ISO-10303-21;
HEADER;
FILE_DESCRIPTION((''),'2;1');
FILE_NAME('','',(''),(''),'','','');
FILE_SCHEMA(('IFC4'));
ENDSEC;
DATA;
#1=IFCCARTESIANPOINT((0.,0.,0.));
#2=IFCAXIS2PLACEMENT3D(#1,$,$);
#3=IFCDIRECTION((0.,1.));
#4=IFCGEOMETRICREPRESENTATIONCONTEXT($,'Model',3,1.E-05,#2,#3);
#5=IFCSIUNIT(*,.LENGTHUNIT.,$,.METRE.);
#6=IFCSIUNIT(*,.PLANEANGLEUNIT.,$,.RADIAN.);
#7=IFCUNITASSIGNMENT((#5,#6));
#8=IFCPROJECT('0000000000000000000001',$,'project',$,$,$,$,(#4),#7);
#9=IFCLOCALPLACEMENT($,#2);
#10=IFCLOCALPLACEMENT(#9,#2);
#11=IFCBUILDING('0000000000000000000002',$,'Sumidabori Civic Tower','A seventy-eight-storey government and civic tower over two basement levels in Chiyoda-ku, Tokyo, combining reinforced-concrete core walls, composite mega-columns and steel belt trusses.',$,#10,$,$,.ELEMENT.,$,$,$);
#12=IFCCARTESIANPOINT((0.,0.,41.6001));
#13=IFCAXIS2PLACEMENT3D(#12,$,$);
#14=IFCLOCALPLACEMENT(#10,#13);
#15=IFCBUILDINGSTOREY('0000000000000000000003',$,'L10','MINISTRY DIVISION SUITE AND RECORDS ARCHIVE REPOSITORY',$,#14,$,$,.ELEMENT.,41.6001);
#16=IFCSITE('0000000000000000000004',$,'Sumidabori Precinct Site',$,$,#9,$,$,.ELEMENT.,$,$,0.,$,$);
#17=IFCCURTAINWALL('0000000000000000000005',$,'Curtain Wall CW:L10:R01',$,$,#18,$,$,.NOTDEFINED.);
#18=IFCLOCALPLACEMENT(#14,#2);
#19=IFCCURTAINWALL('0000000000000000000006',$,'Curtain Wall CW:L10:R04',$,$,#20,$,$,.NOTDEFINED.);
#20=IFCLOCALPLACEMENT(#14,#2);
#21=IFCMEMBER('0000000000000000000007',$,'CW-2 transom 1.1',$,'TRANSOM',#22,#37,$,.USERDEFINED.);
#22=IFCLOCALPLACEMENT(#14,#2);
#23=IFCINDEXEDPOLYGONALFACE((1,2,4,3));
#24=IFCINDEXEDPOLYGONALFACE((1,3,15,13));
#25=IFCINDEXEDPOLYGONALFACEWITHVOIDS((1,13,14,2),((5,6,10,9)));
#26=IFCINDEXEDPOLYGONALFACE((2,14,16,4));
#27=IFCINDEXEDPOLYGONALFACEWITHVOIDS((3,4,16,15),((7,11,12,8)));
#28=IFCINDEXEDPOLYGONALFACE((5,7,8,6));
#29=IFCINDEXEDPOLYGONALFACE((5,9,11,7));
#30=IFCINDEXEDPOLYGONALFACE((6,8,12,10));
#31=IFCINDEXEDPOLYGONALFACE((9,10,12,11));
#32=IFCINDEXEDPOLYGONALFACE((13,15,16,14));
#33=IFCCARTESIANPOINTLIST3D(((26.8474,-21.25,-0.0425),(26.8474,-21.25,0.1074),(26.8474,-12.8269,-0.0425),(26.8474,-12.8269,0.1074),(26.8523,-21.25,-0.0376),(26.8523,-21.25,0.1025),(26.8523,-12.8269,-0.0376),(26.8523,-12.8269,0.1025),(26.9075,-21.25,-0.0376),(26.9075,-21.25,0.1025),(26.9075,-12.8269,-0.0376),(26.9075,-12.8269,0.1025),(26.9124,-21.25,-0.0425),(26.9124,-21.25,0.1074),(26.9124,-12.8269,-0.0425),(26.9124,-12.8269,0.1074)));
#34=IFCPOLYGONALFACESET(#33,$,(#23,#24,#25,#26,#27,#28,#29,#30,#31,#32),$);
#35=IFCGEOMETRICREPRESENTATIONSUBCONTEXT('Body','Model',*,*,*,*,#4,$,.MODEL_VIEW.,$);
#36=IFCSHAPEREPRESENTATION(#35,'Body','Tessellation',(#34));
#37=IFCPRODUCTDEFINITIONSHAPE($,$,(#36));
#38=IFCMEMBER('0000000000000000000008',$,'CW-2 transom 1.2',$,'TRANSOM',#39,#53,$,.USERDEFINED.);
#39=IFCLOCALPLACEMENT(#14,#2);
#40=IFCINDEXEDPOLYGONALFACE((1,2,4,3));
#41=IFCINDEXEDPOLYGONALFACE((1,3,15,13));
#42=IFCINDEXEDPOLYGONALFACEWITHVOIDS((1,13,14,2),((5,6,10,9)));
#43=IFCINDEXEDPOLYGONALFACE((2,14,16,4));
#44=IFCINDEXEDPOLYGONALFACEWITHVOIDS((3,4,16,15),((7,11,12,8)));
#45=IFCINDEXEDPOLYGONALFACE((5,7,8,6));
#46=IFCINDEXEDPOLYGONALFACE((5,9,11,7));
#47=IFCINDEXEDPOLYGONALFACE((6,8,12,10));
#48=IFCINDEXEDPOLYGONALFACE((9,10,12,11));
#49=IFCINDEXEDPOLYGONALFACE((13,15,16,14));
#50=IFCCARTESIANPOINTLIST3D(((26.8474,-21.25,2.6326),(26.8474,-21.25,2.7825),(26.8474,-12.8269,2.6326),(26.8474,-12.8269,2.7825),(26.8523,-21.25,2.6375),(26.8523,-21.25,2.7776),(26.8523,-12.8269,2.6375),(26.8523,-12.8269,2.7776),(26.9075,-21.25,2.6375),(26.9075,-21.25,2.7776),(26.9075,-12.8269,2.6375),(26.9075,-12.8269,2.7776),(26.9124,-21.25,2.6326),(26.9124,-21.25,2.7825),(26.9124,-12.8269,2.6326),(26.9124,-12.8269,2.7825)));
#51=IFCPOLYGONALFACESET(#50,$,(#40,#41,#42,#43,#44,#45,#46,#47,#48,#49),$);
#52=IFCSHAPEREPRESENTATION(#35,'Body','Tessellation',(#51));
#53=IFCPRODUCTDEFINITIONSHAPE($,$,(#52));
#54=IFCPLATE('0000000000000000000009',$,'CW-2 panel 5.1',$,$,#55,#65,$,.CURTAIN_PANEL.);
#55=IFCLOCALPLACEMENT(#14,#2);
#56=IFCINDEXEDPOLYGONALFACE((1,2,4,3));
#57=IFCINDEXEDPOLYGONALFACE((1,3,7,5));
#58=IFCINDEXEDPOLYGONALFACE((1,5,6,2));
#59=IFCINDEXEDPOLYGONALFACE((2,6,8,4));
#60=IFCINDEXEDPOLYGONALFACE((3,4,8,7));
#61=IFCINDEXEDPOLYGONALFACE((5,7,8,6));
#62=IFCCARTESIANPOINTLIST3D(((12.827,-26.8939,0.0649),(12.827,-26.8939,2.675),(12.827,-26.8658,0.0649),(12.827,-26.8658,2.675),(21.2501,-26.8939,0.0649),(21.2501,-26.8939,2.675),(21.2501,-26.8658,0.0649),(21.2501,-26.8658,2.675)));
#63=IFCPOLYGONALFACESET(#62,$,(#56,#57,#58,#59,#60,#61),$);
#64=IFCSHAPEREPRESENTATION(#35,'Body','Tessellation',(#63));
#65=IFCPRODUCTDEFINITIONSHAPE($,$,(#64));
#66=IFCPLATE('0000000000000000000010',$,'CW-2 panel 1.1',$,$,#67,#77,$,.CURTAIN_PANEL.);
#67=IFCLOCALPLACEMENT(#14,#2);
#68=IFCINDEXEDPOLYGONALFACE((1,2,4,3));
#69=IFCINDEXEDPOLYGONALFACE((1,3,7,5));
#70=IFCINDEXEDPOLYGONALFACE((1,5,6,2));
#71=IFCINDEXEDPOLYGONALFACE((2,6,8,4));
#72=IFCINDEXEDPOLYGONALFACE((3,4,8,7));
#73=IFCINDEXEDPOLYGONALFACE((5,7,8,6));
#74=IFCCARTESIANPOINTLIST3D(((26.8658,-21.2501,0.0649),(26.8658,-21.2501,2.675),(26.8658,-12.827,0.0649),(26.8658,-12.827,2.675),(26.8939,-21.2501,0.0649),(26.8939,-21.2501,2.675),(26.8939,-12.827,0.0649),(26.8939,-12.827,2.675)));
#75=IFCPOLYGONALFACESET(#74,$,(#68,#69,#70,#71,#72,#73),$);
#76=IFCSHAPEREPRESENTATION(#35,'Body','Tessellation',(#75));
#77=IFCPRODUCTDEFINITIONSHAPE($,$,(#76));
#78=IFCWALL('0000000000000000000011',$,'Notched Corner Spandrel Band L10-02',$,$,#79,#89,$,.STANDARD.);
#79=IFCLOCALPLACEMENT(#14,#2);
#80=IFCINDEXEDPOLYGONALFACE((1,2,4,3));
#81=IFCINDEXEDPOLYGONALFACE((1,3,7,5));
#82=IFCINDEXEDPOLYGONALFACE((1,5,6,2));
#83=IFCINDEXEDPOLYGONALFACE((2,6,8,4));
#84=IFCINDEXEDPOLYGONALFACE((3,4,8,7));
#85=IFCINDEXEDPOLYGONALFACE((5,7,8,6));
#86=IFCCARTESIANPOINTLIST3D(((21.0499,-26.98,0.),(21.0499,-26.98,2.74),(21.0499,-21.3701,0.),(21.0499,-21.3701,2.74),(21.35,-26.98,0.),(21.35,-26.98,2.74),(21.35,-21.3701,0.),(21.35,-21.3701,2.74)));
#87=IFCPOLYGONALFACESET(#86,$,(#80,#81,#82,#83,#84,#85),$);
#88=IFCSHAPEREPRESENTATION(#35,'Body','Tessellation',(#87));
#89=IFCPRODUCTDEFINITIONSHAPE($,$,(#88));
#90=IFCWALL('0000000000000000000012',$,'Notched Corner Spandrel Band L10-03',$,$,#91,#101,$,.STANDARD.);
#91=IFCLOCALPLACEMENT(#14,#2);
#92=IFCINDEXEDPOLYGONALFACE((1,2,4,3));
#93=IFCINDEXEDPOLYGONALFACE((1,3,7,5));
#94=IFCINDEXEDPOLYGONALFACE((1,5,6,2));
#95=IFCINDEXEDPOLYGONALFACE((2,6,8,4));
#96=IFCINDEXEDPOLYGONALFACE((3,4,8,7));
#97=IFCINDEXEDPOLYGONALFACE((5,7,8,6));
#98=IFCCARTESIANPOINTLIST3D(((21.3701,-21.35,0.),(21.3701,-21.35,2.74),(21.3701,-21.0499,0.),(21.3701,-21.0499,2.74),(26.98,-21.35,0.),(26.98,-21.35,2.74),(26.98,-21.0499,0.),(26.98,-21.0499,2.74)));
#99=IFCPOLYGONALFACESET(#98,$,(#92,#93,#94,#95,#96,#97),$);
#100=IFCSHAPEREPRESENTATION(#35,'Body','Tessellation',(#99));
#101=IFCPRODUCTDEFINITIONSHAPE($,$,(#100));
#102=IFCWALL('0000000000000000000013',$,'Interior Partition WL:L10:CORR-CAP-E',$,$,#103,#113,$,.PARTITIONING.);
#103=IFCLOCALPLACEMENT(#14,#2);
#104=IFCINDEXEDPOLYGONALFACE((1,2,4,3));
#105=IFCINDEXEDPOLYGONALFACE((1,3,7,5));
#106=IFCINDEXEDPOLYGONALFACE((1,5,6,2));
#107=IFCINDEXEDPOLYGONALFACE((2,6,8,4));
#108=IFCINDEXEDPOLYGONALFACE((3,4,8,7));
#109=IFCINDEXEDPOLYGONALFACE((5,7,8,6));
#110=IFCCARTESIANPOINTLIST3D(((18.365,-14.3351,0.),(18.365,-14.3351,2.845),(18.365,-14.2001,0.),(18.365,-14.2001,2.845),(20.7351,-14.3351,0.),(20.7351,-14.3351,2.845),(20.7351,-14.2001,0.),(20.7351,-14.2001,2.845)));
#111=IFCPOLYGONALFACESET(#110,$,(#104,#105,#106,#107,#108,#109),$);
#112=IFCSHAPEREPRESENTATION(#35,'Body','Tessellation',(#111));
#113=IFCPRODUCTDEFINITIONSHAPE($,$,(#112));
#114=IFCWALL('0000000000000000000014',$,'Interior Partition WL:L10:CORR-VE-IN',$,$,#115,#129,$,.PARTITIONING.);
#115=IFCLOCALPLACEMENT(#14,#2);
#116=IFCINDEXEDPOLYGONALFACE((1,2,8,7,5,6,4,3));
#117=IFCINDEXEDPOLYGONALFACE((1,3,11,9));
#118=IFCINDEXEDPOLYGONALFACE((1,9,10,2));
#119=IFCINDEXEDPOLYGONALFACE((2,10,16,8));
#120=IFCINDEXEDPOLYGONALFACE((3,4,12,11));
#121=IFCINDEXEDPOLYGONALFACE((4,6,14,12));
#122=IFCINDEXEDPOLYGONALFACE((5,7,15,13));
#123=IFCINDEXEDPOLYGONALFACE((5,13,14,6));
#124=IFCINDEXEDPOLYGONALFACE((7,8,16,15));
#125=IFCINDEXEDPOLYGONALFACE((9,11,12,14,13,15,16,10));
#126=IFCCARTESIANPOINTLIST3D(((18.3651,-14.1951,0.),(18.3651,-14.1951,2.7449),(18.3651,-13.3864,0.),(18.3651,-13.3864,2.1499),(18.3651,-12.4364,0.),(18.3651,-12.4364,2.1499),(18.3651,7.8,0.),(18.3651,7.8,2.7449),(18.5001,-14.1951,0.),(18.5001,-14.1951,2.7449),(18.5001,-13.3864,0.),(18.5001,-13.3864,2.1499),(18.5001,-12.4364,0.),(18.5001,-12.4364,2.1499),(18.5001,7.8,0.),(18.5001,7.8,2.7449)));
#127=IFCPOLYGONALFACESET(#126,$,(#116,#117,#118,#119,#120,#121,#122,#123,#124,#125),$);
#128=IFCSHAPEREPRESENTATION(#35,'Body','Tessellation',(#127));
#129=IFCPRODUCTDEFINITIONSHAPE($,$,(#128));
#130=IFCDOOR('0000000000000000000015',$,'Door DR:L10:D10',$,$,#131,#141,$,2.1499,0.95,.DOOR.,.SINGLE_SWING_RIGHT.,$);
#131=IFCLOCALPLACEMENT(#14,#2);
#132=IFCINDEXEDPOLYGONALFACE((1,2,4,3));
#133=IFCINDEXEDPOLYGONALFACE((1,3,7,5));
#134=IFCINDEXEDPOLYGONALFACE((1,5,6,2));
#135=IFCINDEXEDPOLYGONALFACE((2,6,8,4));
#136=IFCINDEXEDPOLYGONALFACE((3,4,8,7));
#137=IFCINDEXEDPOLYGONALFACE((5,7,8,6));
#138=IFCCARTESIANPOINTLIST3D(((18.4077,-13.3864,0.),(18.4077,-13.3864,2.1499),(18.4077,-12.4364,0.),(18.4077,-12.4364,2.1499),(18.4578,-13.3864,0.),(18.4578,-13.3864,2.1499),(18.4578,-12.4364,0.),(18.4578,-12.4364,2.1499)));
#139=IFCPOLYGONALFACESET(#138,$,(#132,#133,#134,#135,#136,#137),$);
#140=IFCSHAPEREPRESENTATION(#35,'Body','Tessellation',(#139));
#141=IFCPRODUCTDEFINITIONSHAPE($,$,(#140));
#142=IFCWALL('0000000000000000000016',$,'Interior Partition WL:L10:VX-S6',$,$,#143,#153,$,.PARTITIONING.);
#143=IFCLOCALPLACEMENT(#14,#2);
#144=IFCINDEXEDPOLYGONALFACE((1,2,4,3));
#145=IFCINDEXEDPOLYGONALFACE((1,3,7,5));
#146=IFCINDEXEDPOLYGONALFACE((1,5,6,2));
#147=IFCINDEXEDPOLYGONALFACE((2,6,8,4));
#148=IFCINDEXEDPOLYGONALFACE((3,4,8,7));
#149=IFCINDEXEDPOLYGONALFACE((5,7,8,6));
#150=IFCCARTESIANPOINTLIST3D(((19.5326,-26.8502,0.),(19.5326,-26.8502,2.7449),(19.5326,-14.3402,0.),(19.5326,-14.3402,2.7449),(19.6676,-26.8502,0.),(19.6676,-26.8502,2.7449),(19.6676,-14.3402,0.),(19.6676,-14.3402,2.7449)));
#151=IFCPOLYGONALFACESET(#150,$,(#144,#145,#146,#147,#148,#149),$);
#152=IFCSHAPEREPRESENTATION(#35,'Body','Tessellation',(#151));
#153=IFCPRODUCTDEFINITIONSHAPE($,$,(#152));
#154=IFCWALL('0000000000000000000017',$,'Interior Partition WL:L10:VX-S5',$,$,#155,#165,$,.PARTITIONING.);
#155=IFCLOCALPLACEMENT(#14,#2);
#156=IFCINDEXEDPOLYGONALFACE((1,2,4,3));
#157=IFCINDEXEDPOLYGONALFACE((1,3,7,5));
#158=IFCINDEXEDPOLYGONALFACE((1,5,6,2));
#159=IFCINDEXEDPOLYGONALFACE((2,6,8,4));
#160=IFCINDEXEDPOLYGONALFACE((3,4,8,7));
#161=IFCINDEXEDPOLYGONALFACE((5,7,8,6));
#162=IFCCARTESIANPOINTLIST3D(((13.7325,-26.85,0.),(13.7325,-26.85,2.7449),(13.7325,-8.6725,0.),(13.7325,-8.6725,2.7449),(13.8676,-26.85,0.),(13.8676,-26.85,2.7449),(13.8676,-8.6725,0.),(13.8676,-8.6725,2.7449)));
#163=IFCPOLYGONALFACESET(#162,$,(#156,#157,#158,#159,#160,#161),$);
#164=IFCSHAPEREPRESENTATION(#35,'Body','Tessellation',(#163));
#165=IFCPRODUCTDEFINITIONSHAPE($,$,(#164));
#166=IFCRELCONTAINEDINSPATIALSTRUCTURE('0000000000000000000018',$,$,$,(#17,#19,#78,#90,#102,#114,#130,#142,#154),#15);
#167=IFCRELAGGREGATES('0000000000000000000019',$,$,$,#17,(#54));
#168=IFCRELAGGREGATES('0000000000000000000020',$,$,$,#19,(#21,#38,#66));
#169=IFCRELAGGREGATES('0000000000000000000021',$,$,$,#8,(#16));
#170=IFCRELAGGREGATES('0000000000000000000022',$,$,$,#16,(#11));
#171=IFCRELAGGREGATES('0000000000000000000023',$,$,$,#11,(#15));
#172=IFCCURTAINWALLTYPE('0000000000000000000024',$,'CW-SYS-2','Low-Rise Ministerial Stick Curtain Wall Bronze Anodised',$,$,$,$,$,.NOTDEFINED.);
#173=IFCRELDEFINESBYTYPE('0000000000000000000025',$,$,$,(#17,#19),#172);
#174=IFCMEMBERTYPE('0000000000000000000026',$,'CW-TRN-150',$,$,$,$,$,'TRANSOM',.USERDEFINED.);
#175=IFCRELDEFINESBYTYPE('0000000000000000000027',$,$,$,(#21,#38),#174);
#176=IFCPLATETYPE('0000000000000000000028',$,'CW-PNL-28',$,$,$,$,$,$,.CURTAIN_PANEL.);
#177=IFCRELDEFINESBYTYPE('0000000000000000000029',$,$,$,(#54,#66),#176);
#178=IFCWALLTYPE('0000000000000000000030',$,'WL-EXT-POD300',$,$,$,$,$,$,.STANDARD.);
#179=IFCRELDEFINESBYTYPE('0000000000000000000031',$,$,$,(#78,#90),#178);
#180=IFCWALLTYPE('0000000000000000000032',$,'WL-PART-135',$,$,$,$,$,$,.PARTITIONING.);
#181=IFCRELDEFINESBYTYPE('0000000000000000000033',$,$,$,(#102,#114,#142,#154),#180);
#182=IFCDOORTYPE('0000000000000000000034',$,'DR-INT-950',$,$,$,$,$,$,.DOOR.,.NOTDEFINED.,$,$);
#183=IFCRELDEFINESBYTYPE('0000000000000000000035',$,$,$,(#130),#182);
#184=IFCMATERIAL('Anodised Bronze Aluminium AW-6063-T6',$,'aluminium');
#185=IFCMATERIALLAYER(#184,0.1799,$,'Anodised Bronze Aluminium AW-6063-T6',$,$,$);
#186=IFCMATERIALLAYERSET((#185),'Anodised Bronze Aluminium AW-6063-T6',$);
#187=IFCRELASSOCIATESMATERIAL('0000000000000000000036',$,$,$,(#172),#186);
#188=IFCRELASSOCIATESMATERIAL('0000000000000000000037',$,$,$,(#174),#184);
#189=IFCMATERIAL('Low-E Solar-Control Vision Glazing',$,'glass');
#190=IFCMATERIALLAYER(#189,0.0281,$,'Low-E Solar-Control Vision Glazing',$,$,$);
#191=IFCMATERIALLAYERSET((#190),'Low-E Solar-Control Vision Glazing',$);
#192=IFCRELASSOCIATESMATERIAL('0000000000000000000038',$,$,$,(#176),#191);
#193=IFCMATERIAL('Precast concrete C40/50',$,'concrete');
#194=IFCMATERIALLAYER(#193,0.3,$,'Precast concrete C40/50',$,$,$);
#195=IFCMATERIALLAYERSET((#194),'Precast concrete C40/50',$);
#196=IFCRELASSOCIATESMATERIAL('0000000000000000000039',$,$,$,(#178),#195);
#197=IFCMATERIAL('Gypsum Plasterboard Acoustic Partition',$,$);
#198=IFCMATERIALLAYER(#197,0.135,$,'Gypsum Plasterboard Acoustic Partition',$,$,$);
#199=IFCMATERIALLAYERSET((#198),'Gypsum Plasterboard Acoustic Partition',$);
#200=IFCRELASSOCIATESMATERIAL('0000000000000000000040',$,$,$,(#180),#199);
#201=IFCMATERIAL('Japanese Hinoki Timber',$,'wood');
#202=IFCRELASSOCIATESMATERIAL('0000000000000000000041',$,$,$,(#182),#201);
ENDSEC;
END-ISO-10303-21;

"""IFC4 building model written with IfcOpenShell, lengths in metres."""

from ifc_helpers import new_model, si_unit, direction, frame, frame_2d, origin, origin_2d, place, context, subcontext, project, spatial, rectangle, hollow_rectangle, extrude, source, transform, mapped, material, layer, layer_set, material_profile, profile_set, type_object, element, fill, aggregate, save


model = new_model("IFC4")

# Units and contexts
model_context = context("Model", 3, precision=1e-05, world=origin(), true_north=direction((0.0, 1.0)))
body_context = subcontext(model_context, "Body", "Model", "MODEL_VIEW")
ifc_project = project(units=[si_unit("LENGTHUNIT", "METRE"), si_unit("PLANEANGLEUNIT", "RADIAN")], contexts=[model_context])

# Site, building, storey
site_placement = place(None, origin())
site = spatial("IfcSite", under=ifc_project, at=site_placement, Name="Sumidabori Precinct Site", CompositionType="ELEMENT", RefElevation=0.0)
building_placement = place(site_placement, origin())
building = spatial("IfcBuilding", under=site, at=building_placement, Name="Sumidabori Civic Tower", Description="A seventy-eight-storey government and civic tower over two basement levels in Chiyoda-ku, Tokyo, combining reinforced-concrete core walls, composite mega-columns and steel belt trusses.", CompositionType="ELEMENT")
storey_placement = place(building_placement, frame((0.0, 0.0, 41.6001)))
storey = spatial("IfcBuildingStorey", under=building, at=storey_placement, Name="L10", Description="MINISTRY DIVISION SUITE AND RECORDS ARCHIVE REPOSITORY", CompositionType="ELEMENT", Elevation=41.6001)

# Curtain walls
ifc_material_1 = material(Name="Anodised Bronze Aluminium AW-6063-T6", Category="aluminium")
ifc_layer_1 = layer(ifc_material_1, 0.1799, Name="Anodised Bronze Aluminium AW-6063-T6")
ifc_layer_set_1 = layer_set([ifc_layer_1], Name="Anodised Bronze Aluminium AW-6063-T6")
curtain_wall_type = type_object("IfcCurtainWallType", Name="CW-SYS-2", Description="Low-Rise Ministerial Stick Curtain Wall Bronze Anodised", PredefinedType="NOTDEFINED", material=ifc_layer_set_1)
curtain_wall_1_placement = place(storey_placement, origin())
curtain_wall_1 = element("IfcCurtainWall", 1, at=curtain_wall_1_placement, inside=storey, type_object=curtain_wall_type, Name="Curtain Wall CW:L10:R01", PredefinedType="NOTDEFINED")
curtain_wall_2_placement = place(storey_placement, origin())
curtain_wall_2 = element("IfcCurtainWall", 2, at=curtain_wall_2_placement, inside=storey, type_object=curtain_wall_type, Name="Curtain Wall CW:L10:R04", PredefinedType="NOTDEFINED")

# Members
ifc_material_profile_1 = material_profile(ifc_material_1, hollow_rectangle(XDim=0.0649, YDim=0.1499, WallThickness=0.0049, at=origin_2d()), Name="ALU TRANSOM 150x65")
ifc_profile_set_1 = profile_set([ifc_material_profile_1], Name="Anodised Bronze Aluminium AW-6063-T6")
member_type_1 = type_object("IfcMemberType", Name="CW-TRN-150", ElementType="TRANSOM", PredefinedType="USERDEFINED", material=ifc_profile_set_1)
shared_shape_1 = source(origin(), body_context, "Body", "SweptSolid", [
    extrude(hollow_rectangle(XDim=0.0649, YDim=0.1499, WallThickness=0.0049, at=origin_2d()), origin(), (0.0, 0.0, 1.0), 8.4231),
])
member_1_placement = place(storey_placement, frame((26.8799, -21.25, 0.0325), z_axis=(0.0, 1.0, 0.0), x_axis=(-1.0, 0.0, 0.0)))
member_1 = element("IfcMember", 3, at=member_1_placement, type_object=member_type_1, Name="CW-2 transom 1.1", ObjectType="TRANSOM", PredefinedType="USERDEFINED", context=body_context, shape_type="MappedRepresentation", body=[
    mapped(shared_shape_1, transform((0.0, 0.0, 0.0), x_axis=(1.0, 0.0, 0.0), y_axis=(0.0, 1.0, 0.0), z_axis=(0.0, 0.0, 1.0), scale=1.0)),
])
member_2_placement = place(storey_placement, frame((26.8799, -21.25, 2.7075), z_axis=(0.0, 1.0, 0.0), x_axis=(-1.0, 0.0, 0.0)))
member_2 = element("IfcMember", 4, at=member_2_placement, type_object=member_type_1, Name="CW-2 transom 1.2", ObjectType="TRANSOM", PredefinedType="USERDEFINED", context=body_context, shape_type="MappedRepresentation", body=[
    mapped(shared_shape_1, transform((0.0, 0.0, 0.0), x_axis=(1.0, 0.0, 0.0), y_axis=(0.0, 1.0, 0.0), z_axis=(0.0, 0.0, 1.0), scale=1.0)),
])

# Plates
ifc_material_2 = material(Name="Low-E Solar-Control Vision Glazing", Category="glass")
ifc_layer_2 = layer(ifc_material_2, 0.0281, Name="Low-E Solar-Control Vision Glazing")
ifc_layer_set_2 = layer_set([ifc_layer_2], Name="Low-E Solar-Control Vision Glazing")
plate_type = type_object("IfcPlateType", Name="CW-PNL-28", PredefinedType="CURTAIN_PANEL", material=ifc_layer_set_2)
shared_shape_2 = source(origin(), body_context, "Body", "SweptSolid", [
    extrude(rectangle(XDim=8.4231, YDim=0.0281, at=origin_2d()), origin(), (0.0, 0.0, 1.0), 2.6101),
])
plate_1_placement = place(storey_placement, frame((17.0386, -26.8799, 0.0649), z_axis=(0.0, 0.0, 1.0), x_axis=(1.0, 0.0, 0.0)))
plate_1 = element("IfcPlate", 5, at=plate_1_placement, type_object=plate_type, Name="CW-2 panel 5.1", PredefinedType="CURTAIN_PANEL", context=body_context, shape_type="MappedRepresentation", body=[
    mapped(shared_shape_2, transform((0.0, 0.0, 0.0), x_axis=(1.0, 0.0, 0.0), y_axis=(0.0, 1.0, 0.0), z_axis=(0.0, 0.0, 1.0), scale=1.0)),
])
aggregate(curtain_wall_1, [plate_1])
plate_2_placement = place(storey_placement, frame((26.8799, -17.0386, 0.0649), z_axis=(0.0, 0.0, 1.0), x_axis=(0.0, 1.0, 0.0)))
plate_2 = element("IfcPlate", 6, at=plate_2_placement, type_object=plate_type, Name="CW-2 panel 1.1", PredefinedType="CURTAIN_PANEL", context=body_context, shape_type="MappedRepresentation", body=[
    mapped(shared_shape_2, transform((0.0, 0.0, 0.0), x_axis=(1.0, 0.0, 0.0), y_axis=(0.0, 1.0, 0.0), z_axis=(0.0, 0.0, 1.0), scale=1.0)),
])
aggregate(curtain_wall_2, [member_1, member_2, plate_2])

# Walls
ifc_material_3 = material(Name="Precast concrete C40/50", Category="concrete")
ifc_layer_3 = layer(ifc_material_3, 0.3, Name="Precast concrete C40/50")
ifc_layer_set_3 = layer_set([ifc_layer_3], Name="Precast concrete C40/50")
wall_type_1 = type_object("IfcWallType", Name="WL-EXT-POD300", PredefinedType="STANDARD", material=ifc_layer_set_3)
shared_shape_3 = source(origin(), body_context, "Body", "SweptSolid", [
    extrude(rectangle(XDim=5.6099, YDim=0.3, at=frame_2d((2.8049, 0.0))), origin(), (0.0, 0.0, 1.0), 2.74),
])
for number, where, z_axis, x_axis, name in (
    (7, (21.2, -26.98, 0.0), (0.0, 0.0, 1.0), (0.0, 1.0, 0.0), "Notched Corner Spandrel Band L10-02"),
    (8, (21.3701, -21.2, 0.0), (0.0, 0.0, 1.0), (1.0, 0.0, 0.0), "Notched Corner Spandrel Band L10-03"),
):
    element("IfcWall", number, at=place(storey_placement, frame(where, z_axis=z_axis, x_axis=x_axis)), inside=storey, type_object=wall_type_1, Name=name, PredefinedType="STANDARD", context=body_context, shape_type="MappedRepresentation", body=[
        mapped(shared_shape_3, transform((0.0, 0.0, 0.0), x_axis=(1.0, 0.0, 0.0), y_axis=(0.0, 1.0, 0.0), z_axis=(0.0, 0.0, 1.0), scale=1.0)),
    ])
ifc_material_4 = material(Name="Gypsum Plasterboard Acoustic Partition")
ifc_layer_4 = layer(ifc_material_4, 0.135, Name="Gypsum Plasterboard Acoustic Partition")
ifc_layer_set_4 = layer_set([ifc_layer_4], Name="Gypsum Plasterboard Acoustic Partition")
wall_type_2 = type_object("IfcWallType", Name="WL-PART-135", PredefinedType="PARTITIONING", material=ifc_layer_set_4)
shared_shape_4 = source(origin(), body_context, "Body", "SweptSolid", [
    extrude(rectangle(XDim=2.3701, YDim=0.135, at=frame_2d((1.1851, 0.0))), origin(), (0.0, 0.0, 1.0), 2.845),
])
wall_1_placement = place(storey_placement, frame((18.365, -14.2676, 0.0), z_axis=(0.0, 0.0, 1.0), x_axis=(1.0, 0.0, 0.0)))
element("IfcWall", 9, at=wall_1_placement, inside=storey, type_object=wall_type_2, Name="Interior Partition WL:L10:CORR-CAP-E", PredefinedType="PARTITIONING", context=body_context, shape_type="MappedRepresentation", body=[
    mapped(shared_shape_4, transform((0.0, 0.0, 0.0), x_axis=(1.0, 0.0, 0.0), y_axis=(0.0, 1.0, 0.0), z_axis=(0.0, 0.0, 1.0), scale=1.0)),
])

# Wall, opening, door
shared_shape_5 = source(origin(), body_context, "Body", "SweptSolid", [
    extrude(rectangle(XDim=21.9951, YDim=0.135, at=frame_2d((10.9976, 0.0))), origin(), (0.0, 0.0, 1.0), 2.7449),
])
wall_2_placement = place(storey_placement, frame((18.4326, -14.1951, 0.0), z_axis=(0.0, 0.0, 1.0), x_axis=(0.0, 1.0, 0.0)))
wall_2 = element("IfcWall", 10, at=wall_2_placement, inside=storey, type_object=wall_type_2, Name="Interior Partition WL:L10:CORR-VE-IN", PredefinedType="PARTITIONING", context=body_context, shape_type="MappedRepresentation", body=[
    mapped(shared_shape_5, transform((0.0, 0.0, 0.0), x_axis=(1.0, 0.0, 0.0), y_axis=(0.0, 1.0, 0.0), z_axis=(0.0, 0.0, 1.0), scale=1.0)),
])
opening_placement = place(wall_2_placement, frame((0.8086, 0.0, 0.0)))
opening = element("IfcOpeningElement", 11, at=opening_placement, cuts=wall_2, PredefinedType="OPENING", context=body_context, shape_type="SweptSolid", body=[
    extrude(rectangle(XDim=0.95, YDim=2.1499, at=frame_2d((0.4751, 1.075))), frame((0.0, 0.0796, 0.0), z_axis=(0.0, -1.0, 0.0), x_axis=(1.0, 0.0, 0.0)), (0.0, 0.0, 1.0), 0.1589),
])
ifc_material_5 = material(Name="Japanese Hinoki Timber", Category="wood")
door_type = type_object("IfcDoorType", Name="DR-INT-950", OperationType="NOTDEFINED", PredefinedType="DOOR", material=ifc_material_5)
shared_shape_6 = source(origin(), body_context, "Body", "SweptSolid", [
    extrude(rectangle(XDim=0.95, YDim=2.1499, at=frame_2d((0.4751, 1.075))), frame((0.0, 0.0249, 0.0), z_axis=(0.0, -1.0, 0.0), x_axis=(1.0, 0.0, 0.0)), (0.0, 0.0, 1.0), 0.05),
])
door_placement = place(opening_placement, origin())
door = element("IfcDoor", 12, at=door_placement, inside=storey, type_object=door_type, Name="Door DR:L10:D10", OperationType="SINGLE_SWING_RIGHT", OverallHeight=2.1499, OverallWidth=0.95, PredefinedType="DOOR", context=body_context, shape_type="MappedRepresentation", body=[
    mapped(shared_shape_6, transform((0.0, 0.0, 0.0), x_axis=(1.0, 0.0, 0.0), y_axis=(0.0, 1.0, 0.0), z_axis=(0.0, 0.0, 1.0), scale=1.0)),
])
fill(opening, door)

# Walls
shared_shape_7 = source(origin(), body_context, "Body", "SweptSolid", [
    extrude(rectangle(XDim=12.51, YDim=0.135, at=frame_2d((6.2549, 0.0))), origin(), (0.0, 0.0, 1.0), 2.7449),
])
wall_3_placement = place(storey_placement, frame((19.6001, -26.8501, 0.0), z_axis=(0.0, 0.0, 1.0), x_axis=(0.0, 1.0, 0.0)))
element("IfcWall", 13, at=wall_3_placement, inside=storey, type_object=wall_type_2, Name="Interior Partition WL:L10:VX-S6", PredefinedType="PARTITIONING", context=body_context, shape_type="MappedRepresentation", body=[
    mapped(shared_shape_7, transform((0.0, 0.0, 0.0), x_axis=(1.0, 0.0, 0.0), y_axis=(0.0, 1.0, 0.0), z_axis=(0.0, 0.0, 1.0), scale=1.0)),
])
shared_shape_8 = source(origin(), body_context, "Body", "SweptSolid", [
    extrude(rectangle(XDim=18.1775, YDim=0.135, at=frame_2d((9.0889, 0.0))), origin(), (0.0, 0.0, 1.0), 2.7449),
])
wall_4_placement = place(storey_placement, frame((13.8, -26.8501, 0.0), z_axis=(0.0, 0.0, 1.0), x_axis=(0.0, 1.0, 0.0)))
element("IfcWall", 14, at=wall_4_placement, inside=storey, type_object=wall_type_2, Name="Interior Partition WL:L10:VX-S5", PredefinedType="PARTITIONING", context=body_context, shape_type="MappedRepresentation", body=[
    mapped(shared_shape_8, transform((0.0, 0.0, 0.0), x_axis=(1.0, 0.0, 0.0), y_axis=(0.0, 1.0, 0.0), z_axis=(0.0, 0.0, 1.0), scale=1.0)),
])

save(model, "model.ifc")
